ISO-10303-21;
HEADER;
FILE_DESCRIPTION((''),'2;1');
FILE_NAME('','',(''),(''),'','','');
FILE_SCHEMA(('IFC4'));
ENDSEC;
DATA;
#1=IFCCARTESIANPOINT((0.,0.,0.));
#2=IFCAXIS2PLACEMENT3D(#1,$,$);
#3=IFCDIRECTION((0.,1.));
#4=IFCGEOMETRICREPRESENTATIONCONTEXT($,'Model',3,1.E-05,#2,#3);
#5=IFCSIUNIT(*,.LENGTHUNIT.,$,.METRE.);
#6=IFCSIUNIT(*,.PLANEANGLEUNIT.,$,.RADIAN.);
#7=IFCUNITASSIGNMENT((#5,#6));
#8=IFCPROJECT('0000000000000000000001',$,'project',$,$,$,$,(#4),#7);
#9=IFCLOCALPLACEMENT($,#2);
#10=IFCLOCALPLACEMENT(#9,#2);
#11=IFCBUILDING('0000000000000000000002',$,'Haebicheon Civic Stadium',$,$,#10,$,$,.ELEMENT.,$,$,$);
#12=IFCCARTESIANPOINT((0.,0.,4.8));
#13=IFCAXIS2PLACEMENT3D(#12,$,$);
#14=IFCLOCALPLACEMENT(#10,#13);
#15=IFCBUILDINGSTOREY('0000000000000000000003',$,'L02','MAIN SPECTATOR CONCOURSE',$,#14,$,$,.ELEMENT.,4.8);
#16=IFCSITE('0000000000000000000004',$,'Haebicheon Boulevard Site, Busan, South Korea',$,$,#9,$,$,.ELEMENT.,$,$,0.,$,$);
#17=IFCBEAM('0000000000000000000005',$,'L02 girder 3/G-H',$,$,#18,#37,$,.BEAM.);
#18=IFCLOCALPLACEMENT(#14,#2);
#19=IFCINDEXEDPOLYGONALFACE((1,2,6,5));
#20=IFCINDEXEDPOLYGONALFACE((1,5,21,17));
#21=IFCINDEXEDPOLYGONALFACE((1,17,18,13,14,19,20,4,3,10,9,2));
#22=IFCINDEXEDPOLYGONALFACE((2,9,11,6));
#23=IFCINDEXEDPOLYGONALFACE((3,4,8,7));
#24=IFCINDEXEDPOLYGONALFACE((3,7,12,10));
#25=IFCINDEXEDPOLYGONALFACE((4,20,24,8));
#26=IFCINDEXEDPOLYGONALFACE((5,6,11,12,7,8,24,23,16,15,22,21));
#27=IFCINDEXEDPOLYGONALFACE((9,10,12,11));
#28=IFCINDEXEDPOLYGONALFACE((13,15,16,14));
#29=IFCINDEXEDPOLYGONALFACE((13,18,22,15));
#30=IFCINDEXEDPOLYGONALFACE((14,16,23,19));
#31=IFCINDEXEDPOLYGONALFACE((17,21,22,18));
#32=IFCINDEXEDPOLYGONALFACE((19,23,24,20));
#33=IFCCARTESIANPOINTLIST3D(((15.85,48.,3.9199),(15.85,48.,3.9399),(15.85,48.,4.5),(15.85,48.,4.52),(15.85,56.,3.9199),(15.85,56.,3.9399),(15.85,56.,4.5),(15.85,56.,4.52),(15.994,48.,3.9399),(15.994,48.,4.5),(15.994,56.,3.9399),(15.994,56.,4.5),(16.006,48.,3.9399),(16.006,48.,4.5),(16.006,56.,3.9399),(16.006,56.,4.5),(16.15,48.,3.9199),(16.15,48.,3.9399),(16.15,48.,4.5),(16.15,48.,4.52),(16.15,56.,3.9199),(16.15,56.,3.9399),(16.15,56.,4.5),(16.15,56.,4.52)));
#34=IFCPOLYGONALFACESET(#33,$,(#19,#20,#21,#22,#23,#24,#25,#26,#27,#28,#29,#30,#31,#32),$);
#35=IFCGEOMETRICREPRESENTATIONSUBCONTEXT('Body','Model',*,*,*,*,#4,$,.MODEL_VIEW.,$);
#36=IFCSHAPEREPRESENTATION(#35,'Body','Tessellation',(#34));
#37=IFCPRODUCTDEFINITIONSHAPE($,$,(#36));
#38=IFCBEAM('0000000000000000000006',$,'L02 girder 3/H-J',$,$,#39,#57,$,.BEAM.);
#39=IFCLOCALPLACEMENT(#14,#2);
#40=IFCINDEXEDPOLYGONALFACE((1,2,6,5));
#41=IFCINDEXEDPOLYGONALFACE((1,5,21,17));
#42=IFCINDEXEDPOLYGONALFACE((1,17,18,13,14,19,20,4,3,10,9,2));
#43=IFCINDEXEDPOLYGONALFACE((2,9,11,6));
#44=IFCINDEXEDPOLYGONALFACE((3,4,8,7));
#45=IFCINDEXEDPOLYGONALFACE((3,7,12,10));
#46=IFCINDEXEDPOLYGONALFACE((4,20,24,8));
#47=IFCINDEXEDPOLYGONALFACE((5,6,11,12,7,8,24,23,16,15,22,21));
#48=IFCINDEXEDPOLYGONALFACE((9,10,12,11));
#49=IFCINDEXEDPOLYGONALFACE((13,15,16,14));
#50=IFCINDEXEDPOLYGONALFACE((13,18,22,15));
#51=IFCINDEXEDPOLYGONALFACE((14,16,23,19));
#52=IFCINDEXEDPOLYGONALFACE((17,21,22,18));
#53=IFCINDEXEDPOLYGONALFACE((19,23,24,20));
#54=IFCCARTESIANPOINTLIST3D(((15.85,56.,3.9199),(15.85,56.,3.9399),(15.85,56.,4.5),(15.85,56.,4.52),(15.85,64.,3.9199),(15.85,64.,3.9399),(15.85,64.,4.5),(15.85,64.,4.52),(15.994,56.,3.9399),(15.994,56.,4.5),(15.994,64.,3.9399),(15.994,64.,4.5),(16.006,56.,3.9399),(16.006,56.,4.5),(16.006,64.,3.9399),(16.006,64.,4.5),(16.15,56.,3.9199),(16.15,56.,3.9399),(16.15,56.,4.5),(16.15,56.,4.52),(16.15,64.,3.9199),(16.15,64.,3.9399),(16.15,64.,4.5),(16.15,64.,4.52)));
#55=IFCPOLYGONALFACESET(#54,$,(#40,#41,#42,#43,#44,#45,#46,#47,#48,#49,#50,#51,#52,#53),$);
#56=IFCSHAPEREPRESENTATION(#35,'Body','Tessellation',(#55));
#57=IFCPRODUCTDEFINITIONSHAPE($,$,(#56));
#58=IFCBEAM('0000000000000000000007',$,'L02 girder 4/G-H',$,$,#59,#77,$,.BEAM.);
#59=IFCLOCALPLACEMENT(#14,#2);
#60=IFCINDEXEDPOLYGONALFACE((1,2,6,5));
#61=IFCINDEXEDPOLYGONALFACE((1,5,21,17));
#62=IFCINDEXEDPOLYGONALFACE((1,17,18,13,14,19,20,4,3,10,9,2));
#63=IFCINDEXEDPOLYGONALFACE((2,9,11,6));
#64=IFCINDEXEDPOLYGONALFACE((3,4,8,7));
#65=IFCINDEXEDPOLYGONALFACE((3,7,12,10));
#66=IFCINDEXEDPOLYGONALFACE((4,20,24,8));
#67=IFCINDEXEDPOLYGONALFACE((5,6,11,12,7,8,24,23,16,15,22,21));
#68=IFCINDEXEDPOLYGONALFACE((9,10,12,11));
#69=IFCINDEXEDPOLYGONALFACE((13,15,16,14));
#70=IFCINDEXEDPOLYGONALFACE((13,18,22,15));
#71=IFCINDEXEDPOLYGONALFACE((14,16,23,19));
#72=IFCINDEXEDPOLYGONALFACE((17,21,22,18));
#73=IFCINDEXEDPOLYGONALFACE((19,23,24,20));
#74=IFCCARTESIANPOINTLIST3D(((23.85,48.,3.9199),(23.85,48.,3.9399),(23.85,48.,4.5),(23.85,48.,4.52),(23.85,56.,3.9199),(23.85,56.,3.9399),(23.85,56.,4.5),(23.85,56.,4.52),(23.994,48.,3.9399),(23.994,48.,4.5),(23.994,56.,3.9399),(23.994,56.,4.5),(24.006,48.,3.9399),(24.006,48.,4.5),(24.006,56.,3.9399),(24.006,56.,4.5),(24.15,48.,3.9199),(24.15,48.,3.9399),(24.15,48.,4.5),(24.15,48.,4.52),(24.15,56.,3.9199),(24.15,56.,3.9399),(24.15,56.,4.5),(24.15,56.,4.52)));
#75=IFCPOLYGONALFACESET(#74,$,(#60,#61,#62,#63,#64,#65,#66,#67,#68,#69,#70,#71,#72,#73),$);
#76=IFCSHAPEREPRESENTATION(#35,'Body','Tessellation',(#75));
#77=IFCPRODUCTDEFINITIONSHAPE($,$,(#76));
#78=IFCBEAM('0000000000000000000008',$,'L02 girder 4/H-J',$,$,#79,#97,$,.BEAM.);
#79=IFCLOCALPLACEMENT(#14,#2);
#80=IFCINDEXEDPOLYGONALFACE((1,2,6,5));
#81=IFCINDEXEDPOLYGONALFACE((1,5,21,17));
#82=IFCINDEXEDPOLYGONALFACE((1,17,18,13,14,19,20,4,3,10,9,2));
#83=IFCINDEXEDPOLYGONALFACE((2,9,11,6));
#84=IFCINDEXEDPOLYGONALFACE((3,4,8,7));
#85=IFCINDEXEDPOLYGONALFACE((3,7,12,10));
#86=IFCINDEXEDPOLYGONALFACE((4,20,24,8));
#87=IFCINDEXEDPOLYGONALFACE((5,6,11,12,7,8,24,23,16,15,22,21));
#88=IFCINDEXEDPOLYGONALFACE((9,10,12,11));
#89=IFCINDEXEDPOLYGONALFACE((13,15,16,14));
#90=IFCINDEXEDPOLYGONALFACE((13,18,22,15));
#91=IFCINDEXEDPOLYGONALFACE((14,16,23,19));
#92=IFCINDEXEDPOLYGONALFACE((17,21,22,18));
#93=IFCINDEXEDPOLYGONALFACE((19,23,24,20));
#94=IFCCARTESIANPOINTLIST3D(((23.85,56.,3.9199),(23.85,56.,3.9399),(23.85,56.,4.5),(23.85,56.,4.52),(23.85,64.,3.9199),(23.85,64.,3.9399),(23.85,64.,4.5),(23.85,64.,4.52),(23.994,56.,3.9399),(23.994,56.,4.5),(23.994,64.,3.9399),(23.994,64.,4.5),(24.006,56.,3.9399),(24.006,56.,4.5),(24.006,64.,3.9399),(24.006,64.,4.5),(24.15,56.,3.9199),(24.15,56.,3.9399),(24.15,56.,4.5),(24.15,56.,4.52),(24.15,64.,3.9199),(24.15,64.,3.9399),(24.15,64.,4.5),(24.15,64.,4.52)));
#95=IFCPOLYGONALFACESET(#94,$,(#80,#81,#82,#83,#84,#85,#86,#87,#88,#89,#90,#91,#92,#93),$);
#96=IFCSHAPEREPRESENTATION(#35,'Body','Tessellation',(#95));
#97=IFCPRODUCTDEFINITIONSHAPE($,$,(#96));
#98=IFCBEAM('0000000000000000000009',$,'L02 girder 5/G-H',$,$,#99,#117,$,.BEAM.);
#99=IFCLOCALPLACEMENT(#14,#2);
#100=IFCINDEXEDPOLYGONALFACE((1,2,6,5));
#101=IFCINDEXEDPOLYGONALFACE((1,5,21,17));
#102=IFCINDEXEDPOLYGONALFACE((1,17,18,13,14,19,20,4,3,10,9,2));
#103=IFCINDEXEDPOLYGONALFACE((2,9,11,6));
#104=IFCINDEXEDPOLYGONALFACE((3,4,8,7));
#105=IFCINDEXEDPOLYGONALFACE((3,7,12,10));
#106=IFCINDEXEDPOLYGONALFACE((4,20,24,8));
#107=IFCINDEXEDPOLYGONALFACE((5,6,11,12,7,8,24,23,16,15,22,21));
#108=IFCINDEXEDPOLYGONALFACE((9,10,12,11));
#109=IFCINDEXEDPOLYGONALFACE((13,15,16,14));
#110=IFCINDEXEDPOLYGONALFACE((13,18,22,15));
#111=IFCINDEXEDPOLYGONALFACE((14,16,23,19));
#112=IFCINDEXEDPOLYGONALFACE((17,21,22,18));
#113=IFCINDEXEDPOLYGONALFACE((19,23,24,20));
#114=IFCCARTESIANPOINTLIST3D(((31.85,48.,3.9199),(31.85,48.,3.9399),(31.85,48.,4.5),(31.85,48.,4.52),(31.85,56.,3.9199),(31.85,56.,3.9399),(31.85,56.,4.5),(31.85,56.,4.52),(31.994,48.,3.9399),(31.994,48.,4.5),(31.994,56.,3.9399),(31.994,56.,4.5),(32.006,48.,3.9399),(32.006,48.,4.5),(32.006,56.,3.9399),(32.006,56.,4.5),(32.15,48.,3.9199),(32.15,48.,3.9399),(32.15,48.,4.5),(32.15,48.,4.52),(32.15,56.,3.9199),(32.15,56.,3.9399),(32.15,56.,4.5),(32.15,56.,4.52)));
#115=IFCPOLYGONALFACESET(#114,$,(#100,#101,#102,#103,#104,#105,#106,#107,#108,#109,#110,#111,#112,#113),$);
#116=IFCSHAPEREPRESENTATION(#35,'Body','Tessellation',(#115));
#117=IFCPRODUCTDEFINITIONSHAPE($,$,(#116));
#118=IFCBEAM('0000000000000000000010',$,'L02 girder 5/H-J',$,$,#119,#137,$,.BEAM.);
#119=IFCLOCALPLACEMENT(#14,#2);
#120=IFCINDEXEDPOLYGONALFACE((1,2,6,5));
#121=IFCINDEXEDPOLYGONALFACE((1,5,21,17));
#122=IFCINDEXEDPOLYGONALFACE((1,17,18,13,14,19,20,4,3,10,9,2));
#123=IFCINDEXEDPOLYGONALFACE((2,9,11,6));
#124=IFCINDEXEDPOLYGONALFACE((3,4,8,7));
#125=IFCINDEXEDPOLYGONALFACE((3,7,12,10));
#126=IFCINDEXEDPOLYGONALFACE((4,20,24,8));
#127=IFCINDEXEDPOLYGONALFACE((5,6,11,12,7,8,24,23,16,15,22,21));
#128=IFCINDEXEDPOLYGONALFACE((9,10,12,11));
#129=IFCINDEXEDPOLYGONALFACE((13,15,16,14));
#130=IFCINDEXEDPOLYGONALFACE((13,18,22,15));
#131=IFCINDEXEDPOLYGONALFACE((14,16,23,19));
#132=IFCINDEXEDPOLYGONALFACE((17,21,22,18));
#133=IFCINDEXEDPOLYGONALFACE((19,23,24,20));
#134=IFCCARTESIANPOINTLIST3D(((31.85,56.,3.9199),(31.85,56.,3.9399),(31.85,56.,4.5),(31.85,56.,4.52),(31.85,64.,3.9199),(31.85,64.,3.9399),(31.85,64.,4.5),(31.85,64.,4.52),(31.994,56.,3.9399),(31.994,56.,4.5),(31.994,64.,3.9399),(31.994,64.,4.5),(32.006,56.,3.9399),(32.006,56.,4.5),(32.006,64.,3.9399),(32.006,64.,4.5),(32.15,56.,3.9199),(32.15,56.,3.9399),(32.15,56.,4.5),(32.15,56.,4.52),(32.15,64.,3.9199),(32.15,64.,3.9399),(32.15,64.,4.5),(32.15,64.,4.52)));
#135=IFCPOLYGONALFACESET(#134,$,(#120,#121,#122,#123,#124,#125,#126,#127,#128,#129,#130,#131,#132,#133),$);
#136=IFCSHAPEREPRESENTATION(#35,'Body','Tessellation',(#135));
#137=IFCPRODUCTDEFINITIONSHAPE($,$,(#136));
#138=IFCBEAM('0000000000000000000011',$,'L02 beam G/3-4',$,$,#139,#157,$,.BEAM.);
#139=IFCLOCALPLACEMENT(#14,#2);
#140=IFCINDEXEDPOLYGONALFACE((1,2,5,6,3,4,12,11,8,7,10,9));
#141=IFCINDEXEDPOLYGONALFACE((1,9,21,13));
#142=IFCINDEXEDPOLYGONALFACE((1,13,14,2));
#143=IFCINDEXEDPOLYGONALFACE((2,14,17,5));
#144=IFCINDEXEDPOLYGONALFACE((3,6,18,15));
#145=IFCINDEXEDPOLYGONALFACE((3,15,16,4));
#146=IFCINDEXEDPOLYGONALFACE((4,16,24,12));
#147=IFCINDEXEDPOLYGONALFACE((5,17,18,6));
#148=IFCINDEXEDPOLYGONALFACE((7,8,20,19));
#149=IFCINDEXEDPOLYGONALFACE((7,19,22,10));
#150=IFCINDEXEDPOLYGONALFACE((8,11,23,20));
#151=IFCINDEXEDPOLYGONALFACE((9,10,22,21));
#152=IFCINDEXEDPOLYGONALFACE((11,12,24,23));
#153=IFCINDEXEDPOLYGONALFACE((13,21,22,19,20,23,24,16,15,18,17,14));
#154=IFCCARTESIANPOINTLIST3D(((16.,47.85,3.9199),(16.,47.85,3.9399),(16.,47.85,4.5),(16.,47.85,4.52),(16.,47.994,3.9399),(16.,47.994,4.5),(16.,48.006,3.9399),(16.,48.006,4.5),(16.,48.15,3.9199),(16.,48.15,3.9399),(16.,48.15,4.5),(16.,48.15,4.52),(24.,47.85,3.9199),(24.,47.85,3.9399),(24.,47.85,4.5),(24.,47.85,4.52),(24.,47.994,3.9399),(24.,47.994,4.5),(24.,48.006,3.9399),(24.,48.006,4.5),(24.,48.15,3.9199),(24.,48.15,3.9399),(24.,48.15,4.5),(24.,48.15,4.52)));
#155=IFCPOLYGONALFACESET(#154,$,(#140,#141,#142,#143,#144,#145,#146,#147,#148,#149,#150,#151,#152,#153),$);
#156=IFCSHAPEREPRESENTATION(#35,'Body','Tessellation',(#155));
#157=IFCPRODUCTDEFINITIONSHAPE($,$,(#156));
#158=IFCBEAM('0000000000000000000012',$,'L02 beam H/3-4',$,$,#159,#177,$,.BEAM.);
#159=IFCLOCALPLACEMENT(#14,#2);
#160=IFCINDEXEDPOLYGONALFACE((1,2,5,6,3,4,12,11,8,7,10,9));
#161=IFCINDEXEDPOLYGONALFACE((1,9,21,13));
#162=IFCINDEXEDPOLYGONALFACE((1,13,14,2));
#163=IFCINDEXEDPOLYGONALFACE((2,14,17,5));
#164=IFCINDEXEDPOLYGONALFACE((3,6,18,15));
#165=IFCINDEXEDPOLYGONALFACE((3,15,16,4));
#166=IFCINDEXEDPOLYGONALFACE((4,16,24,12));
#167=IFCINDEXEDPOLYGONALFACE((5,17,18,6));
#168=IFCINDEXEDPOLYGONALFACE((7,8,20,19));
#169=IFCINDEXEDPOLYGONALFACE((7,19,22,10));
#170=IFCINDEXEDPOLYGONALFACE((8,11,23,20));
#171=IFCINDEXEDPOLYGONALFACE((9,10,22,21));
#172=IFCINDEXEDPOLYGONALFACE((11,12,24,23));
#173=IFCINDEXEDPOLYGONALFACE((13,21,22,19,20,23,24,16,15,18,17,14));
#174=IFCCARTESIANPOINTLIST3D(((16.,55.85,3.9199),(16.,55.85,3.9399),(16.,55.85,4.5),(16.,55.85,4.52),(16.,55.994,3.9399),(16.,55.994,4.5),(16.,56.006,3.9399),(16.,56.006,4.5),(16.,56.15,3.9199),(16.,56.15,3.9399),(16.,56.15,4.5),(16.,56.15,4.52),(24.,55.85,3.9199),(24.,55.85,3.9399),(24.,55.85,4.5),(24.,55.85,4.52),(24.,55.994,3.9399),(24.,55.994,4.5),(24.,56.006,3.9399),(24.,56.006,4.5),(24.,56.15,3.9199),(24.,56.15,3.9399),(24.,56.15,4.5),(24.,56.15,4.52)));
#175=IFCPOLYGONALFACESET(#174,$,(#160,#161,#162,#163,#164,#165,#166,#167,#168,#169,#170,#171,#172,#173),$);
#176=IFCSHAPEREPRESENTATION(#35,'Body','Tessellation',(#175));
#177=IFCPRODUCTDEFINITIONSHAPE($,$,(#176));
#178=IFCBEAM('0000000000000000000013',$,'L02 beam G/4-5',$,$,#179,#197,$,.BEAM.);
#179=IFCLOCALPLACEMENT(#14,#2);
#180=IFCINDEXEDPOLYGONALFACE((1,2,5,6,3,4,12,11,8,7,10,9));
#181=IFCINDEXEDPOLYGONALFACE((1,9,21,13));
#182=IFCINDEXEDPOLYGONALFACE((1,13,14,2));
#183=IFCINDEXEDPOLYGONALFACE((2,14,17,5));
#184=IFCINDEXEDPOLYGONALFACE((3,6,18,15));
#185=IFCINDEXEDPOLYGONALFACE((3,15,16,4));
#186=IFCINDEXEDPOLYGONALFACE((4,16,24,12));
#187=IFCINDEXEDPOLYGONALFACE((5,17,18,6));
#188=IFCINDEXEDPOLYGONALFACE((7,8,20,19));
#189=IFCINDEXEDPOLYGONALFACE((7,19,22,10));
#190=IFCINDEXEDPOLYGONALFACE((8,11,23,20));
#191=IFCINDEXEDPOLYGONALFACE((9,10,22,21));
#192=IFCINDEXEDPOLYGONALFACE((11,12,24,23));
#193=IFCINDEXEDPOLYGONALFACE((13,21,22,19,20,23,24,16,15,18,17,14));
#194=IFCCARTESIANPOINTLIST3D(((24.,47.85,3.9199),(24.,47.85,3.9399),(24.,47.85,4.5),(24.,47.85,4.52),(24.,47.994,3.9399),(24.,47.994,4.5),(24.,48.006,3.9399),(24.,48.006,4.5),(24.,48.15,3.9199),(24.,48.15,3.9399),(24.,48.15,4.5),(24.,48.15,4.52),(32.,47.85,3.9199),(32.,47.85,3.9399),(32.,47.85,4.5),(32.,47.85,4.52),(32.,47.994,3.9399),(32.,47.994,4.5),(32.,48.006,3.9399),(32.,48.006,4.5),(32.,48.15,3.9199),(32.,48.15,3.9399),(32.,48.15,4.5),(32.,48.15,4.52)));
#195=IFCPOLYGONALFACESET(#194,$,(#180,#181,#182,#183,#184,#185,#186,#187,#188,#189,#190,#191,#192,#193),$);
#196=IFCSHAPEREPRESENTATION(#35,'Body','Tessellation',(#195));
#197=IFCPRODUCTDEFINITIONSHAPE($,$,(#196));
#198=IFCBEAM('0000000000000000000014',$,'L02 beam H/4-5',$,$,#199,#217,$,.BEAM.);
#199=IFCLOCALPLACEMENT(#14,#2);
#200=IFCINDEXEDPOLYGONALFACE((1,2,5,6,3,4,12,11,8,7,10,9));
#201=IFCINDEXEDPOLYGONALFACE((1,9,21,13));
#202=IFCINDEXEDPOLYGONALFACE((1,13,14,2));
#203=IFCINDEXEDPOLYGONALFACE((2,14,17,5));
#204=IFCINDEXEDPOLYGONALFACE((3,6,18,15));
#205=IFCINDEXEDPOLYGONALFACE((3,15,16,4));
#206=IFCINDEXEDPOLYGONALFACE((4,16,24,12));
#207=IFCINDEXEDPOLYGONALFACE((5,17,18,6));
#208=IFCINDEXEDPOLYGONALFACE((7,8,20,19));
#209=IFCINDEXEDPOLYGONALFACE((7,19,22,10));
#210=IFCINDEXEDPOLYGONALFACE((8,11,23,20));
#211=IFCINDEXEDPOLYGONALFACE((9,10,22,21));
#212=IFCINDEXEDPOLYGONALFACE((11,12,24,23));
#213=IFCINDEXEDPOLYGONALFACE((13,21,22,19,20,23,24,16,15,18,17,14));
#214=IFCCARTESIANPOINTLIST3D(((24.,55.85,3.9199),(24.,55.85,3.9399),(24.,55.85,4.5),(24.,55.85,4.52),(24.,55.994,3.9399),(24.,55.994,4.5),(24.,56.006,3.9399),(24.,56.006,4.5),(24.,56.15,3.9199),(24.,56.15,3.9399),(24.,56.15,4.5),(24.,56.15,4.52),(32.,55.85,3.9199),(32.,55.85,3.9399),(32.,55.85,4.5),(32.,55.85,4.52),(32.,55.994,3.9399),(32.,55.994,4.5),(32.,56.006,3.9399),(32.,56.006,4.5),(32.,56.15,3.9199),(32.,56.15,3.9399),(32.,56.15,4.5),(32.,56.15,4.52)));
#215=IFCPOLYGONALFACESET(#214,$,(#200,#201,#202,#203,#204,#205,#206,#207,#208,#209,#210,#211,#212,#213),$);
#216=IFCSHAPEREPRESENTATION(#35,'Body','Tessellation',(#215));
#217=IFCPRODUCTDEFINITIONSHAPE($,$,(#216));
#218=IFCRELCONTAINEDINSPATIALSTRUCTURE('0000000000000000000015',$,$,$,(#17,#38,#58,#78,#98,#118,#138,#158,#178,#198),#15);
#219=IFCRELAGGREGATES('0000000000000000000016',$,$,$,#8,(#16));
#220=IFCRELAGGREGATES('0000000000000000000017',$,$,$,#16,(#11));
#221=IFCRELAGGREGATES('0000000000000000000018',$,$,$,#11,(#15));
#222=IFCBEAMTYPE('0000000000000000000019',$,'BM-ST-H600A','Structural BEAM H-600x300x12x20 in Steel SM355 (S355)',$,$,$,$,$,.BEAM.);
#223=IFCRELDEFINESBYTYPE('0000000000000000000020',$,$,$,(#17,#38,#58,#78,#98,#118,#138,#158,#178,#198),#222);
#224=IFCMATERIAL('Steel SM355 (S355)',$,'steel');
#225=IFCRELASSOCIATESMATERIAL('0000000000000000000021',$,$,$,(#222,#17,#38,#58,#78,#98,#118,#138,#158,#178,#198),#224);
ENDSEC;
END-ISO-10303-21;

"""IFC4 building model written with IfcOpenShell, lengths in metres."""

from ifc_helpers import new_model, si_unit, direction, frame, origin, origin_2d, place, context, subcontext, project, spatial, i_section, extrude, material, material_profile, profile_set, type_object, element, save


model = new_model("IFC4")

# Units and contexts
model_context = context("Model", 3, precision=1e-05, world=origin(), true_north=direction((0.0, 1.0)))
body_context = subcontext(model_context, "Body", "Model", "MODEL_VIEW")
ifc_project = project(units=[si_unit("LENGTHUNIT", "METRE"), si_unit("PLANEANGLEUNIT", "RADIAN")], contexts=[model_context])

# Site, building, storey
site_placement = place(None, origin())
site = spatial("IfcSite", under=ifc_project, at=site_placement, Name="Haebicheon Boulevard Site, Busan, South Korea", CompositionType="ELEMENT", RefElevation=0.0)
building_placement = place(site_placement, origin())
building = spatial("IfcBuilding", under=site, at=building_placement, Name="Haebicheon Civic Stadium", CompositionType="ELEMENT")
storey_placement = place(building_placement, frame((0.0, 0.0, 4.8)))
storey = spatial("IfcBuildingStorey", under=building, at=storey_placement, Name="L02", Description="MAIN SPECTATOR CONCOURSE", CompositionType="ELEMENT", Elevation=4.8)

# Beams
ifc_material_1 = material(Name="Steel SM355 (S355)", Category="steel")
ifc_material_profile_1 = material_profile(ifc_material_1, i_section(OverallWidth=0.3, OverallDepth=0.6001, WebThickness=0.012, FlangeThickness=0.02, at=origin_2d()), Name="H-600x300x12x20")
ifc_profile_set_1 = profile_set([ifc_material_profile_1], Name="Steel SM355 (S355)")
beam_type_1 = type_object("IfcBeamType", Name="BM-ST-H600A", Description="Structural BEAM H-600x300x12x20 in Steel SM355 (S355)", PredefinedType="BEAM", material=ifc_profile_set_1)
for number, where, z_axis, x_axis, name in (
    (1, (16.0, 48.0, 4.22), (0.0, 1.0, 0.0), (-1.0, 0.0, 0.0), "L02 girder 3/G-H"),
    (2, (16.0, 56.0, 4.22), (0.0, 1.0, 0.0), (-1.0, 0.0, 0.0), "L02 girder 3/H-J"),
    (3, (24.0, 48.0, 4.22), (0.0, 1.0, 0.0), (-1.0, 0.0, 0.0), "L02 girder 4/G-H"),
    (4, (24.0, 56.0, 4.22), (0.0, 1.0, 0.0), (-1.0, 0.0, 0.0), "L02 girder 4/H-J"),
    (5, (32.0, 48.0, 4.22), (0.0, 1.0, 0.0), (-1.0, 0.0, 0.0), "L02 girder 5/G-H"),
    (6, (32.0, 56.0, 4.22), (0.0, 1.0, 0.0), (-1.0, 0.0, 0.0), "L02 girder 5/H-J"),
    (7, (16.0, 48.0, 4.22), (1.0, 0.0, 0.0), (0.0, 1.0, 0.0), "L02 beam G/3-4"),
    (8, (16.0, 56.0, 4.22), (1.0, 0.0, 0.0), (0.0, 1.0, 0.0), "L02 beam H/3-4"),
    (9, (24.0, 48.0, 4.22), (1.0, 0.0, 0.0), (0.0, 1.0, 0.0), "L02 beam G/4-5"),
    (10, (24.0, 56.0, 4.22), (1.0, 0.0, 0.0), (0.0, 1.0, 0.0), "L02 beam H/4-5"),
):
    element("IfcBeam", number, at=place(storey_placement, frame(where, z_axis=z_axis, x_axis=x_axis)), inside=storey, type_object=beam_type_1, material=ifc_profile_set_1, Name=name, PredefinedType="BEAM", context=body_context, shape_type="SweptSolid", body=[
        extrude(i_section(OverallWidth=0.3, OverallDepth=0.6001, WebThickness=0.012, FlangeThickness=0.02, at=origin_2d()), origin(), (0.0, 0.0, 1.0), 8.0),
    ])

save(model, "model.ifc")
